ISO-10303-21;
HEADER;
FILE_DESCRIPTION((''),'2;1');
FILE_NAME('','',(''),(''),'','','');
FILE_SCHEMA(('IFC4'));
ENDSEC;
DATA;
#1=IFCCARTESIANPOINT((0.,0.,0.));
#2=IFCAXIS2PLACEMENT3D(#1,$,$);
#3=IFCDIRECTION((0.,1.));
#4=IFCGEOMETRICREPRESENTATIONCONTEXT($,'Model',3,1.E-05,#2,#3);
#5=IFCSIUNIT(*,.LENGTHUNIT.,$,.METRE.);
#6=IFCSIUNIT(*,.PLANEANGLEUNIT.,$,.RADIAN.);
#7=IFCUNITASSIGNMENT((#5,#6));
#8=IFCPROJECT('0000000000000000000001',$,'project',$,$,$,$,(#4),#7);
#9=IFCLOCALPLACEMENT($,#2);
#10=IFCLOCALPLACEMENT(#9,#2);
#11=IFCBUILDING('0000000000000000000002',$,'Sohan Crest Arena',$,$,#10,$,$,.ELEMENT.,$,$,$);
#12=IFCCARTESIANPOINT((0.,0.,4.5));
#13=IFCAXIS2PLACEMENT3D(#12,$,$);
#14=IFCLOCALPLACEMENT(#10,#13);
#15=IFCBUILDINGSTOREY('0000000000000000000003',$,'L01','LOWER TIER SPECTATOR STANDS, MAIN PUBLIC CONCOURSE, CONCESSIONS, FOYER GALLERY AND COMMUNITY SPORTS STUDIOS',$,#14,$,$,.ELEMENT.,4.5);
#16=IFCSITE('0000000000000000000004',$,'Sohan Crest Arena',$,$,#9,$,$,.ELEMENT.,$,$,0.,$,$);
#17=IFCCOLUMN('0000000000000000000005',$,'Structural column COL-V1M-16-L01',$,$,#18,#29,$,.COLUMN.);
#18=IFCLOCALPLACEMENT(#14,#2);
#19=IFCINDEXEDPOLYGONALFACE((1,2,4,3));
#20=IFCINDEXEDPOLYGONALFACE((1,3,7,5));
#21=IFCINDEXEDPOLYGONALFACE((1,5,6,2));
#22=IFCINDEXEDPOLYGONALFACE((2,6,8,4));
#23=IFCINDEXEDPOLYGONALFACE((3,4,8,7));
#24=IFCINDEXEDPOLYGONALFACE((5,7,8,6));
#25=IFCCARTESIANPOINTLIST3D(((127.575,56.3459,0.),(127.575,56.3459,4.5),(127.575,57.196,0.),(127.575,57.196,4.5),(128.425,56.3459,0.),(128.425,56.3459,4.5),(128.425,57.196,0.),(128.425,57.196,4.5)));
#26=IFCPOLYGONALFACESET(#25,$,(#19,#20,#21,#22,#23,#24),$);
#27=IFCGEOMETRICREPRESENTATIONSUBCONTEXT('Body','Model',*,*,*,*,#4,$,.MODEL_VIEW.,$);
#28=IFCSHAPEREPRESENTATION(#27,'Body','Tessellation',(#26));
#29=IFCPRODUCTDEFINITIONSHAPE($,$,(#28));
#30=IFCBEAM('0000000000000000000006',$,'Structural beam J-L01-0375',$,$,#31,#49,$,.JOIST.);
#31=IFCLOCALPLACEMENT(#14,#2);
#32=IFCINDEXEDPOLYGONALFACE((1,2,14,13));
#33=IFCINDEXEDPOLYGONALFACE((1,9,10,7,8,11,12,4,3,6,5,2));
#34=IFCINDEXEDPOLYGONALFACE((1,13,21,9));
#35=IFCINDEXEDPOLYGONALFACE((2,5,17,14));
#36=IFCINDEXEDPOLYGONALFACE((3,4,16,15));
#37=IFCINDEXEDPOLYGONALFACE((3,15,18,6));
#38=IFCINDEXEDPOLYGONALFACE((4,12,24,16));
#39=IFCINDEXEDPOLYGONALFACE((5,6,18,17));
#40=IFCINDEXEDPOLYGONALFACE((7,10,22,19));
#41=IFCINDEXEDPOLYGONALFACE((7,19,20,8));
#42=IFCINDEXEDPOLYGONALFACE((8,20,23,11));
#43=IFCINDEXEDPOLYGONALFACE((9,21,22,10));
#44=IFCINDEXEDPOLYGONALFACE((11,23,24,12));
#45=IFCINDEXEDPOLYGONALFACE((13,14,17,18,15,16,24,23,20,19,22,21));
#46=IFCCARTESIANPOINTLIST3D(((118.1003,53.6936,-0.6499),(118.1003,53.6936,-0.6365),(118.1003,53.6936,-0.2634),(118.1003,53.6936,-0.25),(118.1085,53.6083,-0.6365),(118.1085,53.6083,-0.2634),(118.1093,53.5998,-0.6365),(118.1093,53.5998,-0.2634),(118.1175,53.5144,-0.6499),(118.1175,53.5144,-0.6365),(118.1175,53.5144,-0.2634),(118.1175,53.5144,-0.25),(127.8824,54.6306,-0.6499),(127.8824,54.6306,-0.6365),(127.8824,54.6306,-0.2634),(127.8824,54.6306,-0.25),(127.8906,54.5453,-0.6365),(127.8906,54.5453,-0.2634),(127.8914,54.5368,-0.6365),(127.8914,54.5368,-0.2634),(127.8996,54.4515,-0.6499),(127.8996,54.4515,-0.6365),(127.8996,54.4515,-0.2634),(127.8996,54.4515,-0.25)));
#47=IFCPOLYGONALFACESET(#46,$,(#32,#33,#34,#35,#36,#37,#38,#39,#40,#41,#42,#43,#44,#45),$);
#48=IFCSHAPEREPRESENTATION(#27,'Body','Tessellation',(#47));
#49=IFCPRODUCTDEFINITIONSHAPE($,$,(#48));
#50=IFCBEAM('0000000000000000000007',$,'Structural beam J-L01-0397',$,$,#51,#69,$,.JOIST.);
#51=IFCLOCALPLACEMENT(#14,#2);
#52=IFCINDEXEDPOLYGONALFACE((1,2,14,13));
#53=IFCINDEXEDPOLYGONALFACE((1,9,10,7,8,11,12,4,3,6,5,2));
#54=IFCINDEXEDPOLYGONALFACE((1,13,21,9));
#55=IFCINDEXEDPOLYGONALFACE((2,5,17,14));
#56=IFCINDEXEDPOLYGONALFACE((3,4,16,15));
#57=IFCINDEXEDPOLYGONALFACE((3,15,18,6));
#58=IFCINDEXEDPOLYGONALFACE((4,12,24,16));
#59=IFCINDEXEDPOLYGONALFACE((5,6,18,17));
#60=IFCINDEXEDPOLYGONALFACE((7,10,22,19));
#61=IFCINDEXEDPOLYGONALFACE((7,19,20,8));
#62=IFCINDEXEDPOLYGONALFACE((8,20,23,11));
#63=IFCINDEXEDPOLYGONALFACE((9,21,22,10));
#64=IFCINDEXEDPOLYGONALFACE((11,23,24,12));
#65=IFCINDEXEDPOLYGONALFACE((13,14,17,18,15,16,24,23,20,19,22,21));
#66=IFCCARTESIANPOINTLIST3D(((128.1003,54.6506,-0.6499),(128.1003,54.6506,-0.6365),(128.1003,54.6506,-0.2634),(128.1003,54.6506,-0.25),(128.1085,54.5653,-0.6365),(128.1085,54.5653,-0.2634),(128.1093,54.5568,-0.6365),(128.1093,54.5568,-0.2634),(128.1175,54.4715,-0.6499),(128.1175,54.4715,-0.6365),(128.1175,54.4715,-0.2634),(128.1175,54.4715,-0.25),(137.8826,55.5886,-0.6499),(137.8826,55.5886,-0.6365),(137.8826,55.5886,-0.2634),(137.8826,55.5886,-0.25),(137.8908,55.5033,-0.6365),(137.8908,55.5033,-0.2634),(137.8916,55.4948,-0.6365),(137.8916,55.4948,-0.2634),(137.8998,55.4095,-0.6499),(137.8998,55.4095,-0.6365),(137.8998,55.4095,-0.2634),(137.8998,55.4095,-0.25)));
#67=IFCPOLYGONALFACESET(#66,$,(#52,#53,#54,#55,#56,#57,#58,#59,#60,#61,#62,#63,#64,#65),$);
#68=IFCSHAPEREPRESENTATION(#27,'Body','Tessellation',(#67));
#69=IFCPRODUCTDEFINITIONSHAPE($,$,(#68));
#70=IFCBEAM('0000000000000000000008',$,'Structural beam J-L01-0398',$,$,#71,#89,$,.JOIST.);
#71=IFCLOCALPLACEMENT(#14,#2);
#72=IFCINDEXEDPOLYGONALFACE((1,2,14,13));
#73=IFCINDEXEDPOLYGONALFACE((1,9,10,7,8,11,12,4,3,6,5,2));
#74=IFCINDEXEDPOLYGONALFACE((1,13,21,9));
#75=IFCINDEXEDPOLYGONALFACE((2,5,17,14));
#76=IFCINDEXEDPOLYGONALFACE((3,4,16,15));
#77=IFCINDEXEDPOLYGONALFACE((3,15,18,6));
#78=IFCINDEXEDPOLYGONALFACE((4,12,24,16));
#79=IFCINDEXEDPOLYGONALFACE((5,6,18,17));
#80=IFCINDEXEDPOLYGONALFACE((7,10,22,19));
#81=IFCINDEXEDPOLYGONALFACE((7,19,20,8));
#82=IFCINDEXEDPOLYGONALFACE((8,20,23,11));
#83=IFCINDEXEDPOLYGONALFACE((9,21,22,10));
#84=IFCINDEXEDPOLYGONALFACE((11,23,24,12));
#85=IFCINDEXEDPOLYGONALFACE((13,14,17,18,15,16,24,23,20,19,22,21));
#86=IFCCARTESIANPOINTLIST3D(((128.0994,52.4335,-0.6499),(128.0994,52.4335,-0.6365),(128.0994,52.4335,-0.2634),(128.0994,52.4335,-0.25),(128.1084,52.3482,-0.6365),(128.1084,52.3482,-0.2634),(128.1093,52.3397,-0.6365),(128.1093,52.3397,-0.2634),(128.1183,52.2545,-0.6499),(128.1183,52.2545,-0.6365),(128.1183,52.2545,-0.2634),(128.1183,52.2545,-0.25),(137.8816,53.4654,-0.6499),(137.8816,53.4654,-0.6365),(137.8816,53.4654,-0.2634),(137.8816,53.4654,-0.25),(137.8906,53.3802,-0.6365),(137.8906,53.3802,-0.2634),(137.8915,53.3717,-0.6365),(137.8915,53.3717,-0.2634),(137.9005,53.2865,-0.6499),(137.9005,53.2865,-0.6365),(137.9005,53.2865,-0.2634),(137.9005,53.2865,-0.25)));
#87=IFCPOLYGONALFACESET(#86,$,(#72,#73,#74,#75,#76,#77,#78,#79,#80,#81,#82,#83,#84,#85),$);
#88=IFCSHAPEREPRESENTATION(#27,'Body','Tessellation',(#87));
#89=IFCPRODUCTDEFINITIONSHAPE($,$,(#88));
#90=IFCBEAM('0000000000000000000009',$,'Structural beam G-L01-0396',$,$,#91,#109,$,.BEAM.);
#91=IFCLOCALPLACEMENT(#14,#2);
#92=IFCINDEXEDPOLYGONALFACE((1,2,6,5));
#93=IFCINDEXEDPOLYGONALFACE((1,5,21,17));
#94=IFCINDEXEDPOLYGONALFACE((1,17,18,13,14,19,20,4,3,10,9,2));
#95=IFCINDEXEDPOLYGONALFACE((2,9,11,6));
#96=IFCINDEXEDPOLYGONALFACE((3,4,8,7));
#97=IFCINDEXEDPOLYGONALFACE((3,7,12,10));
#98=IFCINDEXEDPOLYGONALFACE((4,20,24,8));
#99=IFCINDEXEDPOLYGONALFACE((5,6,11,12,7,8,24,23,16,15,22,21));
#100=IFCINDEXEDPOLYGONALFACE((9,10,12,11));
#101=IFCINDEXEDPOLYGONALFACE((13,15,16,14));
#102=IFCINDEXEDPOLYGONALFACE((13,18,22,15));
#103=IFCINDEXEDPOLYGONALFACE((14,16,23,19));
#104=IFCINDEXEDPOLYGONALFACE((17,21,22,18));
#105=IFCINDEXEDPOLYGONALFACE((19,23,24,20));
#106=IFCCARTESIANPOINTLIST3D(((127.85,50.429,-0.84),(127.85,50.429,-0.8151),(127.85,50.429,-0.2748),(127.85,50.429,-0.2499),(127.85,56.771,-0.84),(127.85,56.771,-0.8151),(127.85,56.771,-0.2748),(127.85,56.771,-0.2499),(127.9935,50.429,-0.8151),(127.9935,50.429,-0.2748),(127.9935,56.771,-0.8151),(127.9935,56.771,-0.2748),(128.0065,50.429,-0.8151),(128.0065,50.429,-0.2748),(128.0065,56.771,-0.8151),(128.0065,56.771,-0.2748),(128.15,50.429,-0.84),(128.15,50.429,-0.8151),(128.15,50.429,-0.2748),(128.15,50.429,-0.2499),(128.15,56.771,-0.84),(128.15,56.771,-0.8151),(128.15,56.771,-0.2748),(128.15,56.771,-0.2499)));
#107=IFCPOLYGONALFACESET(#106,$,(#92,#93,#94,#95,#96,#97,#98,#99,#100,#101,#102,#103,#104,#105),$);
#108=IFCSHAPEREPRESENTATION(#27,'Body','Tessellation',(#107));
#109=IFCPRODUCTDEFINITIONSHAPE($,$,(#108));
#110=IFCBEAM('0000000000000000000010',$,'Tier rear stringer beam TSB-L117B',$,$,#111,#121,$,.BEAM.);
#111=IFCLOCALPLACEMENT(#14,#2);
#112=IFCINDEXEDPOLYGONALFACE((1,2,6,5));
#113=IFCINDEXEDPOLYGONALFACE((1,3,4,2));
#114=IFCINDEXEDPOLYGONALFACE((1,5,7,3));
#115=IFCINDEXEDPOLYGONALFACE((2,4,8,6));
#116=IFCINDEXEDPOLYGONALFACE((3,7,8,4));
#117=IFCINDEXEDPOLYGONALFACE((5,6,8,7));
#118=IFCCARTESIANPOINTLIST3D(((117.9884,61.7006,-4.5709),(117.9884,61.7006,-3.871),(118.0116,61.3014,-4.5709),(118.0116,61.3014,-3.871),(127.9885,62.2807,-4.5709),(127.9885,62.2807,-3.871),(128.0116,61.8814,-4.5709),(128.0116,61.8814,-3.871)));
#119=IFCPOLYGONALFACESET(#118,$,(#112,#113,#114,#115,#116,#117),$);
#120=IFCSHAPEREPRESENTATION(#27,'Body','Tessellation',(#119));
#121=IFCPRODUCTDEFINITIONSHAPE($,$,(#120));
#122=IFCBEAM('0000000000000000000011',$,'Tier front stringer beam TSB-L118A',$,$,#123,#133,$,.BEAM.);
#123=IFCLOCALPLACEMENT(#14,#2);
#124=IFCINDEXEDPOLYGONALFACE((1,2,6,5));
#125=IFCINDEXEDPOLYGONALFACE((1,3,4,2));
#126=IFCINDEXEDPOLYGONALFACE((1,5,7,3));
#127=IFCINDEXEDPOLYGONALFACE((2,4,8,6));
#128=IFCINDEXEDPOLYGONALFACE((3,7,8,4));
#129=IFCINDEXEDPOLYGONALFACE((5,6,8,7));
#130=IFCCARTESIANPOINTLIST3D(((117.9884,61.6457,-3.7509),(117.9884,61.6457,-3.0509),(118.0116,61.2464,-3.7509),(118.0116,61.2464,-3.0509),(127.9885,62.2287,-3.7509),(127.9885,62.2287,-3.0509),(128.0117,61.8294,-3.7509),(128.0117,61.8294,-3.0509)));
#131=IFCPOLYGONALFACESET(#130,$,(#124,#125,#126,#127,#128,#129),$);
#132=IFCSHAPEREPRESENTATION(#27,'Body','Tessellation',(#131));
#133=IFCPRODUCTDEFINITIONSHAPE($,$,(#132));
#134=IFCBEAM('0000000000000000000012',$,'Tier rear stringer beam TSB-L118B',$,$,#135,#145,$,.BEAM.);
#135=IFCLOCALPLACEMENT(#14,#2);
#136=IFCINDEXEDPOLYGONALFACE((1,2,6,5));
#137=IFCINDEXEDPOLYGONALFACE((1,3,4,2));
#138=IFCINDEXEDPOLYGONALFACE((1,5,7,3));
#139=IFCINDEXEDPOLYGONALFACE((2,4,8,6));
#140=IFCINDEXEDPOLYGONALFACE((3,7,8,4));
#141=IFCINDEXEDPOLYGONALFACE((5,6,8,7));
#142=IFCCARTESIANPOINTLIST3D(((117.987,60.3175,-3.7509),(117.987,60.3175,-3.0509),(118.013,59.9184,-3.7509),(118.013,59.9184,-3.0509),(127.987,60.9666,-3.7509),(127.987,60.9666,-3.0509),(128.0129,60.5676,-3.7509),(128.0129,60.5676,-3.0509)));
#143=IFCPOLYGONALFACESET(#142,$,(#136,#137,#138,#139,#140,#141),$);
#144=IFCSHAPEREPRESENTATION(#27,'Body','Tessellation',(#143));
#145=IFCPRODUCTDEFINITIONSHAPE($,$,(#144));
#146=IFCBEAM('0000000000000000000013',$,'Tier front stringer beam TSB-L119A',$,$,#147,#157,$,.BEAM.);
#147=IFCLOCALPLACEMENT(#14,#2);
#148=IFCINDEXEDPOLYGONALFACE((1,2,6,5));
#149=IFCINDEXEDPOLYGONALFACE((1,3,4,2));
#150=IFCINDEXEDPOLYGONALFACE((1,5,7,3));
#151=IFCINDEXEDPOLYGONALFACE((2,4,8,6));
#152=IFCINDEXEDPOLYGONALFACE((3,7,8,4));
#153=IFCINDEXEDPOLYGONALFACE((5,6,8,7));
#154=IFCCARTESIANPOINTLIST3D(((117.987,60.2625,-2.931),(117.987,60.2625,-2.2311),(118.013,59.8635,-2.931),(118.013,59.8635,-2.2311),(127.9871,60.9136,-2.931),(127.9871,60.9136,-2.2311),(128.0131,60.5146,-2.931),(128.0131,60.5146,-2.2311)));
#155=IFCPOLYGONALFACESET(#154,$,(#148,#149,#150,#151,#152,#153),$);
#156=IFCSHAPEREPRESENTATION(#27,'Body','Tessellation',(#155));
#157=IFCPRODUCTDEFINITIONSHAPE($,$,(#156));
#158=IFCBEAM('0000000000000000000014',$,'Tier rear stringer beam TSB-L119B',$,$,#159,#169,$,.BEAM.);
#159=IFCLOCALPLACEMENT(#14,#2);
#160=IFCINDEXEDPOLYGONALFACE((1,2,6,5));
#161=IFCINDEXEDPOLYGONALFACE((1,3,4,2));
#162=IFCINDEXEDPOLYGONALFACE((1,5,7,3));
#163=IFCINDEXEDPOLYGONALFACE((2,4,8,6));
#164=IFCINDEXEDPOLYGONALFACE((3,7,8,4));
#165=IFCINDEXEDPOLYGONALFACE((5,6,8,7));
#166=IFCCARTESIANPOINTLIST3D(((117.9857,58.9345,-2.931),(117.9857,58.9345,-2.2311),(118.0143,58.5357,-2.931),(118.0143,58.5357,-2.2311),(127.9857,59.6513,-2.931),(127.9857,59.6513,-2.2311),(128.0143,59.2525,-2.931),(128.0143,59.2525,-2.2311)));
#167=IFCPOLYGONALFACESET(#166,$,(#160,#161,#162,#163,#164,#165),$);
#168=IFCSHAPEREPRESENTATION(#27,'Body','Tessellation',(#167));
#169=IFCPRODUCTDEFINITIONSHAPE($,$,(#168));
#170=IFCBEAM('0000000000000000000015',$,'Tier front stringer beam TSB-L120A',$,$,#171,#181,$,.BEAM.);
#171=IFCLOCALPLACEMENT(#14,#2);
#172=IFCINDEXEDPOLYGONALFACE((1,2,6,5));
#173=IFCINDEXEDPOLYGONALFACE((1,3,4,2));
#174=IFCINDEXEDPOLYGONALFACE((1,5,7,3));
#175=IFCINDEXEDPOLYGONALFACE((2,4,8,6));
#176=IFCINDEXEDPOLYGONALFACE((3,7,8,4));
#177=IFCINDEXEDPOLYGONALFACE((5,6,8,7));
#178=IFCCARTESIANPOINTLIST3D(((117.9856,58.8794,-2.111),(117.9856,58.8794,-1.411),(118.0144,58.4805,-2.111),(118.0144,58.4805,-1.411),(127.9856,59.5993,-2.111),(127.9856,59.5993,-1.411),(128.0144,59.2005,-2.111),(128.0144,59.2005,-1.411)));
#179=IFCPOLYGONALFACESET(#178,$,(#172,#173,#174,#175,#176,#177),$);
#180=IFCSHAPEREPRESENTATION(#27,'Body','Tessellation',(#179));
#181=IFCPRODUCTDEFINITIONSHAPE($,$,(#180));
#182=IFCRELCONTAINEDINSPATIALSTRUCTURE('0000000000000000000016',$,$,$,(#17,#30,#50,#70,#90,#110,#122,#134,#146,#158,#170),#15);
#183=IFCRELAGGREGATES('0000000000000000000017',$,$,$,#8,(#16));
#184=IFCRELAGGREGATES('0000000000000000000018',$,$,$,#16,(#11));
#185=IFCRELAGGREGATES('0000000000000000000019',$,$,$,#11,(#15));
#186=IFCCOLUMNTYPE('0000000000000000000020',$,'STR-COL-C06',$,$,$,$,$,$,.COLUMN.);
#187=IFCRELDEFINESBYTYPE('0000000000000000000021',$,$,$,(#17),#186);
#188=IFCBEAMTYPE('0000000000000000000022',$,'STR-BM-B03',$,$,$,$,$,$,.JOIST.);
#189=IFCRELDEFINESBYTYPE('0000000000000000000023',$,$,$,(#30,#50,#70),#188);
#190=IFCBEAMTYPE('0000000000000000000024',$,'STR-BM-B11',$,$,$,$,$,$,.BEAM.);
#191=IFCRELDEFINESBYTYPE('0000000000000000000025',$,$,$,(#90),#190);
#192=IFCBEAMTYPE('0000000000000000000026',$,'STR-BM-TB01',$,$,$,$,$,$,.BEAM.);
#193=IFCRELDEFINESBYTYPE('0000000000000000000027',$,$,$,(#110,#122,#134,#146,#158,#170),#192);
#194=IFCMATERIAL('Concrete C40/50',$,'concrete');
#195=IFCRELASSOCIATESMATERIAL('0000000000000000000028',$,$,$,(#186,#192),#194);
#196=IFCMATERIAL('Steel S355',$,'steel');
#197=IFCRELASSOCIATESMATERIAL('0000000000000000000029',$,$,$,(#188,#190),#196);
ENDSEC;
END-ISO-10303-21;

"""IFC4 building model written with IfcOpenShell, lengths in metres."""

from ifc_helpers import new_model, si_unit, direction, frame, origin, origin_2d, place, context, subcontext, project, spatial, rectangle, i_section, extrude, material, material_profile, profile_set, type_object, element, save


model = new_model("IFC4")

# Units and contexts
model_context = context("Model", 3, precision=1e-05, world=origin(), true_north=direction((0.0, 1.0)))
body_context = subcontext(model_context, "Body", "Model", "MODEL_VIEW")
ifc_project = project(units=[si_unit("LENGTHUNIT", "METRE"), si_unit("PLANEANGLEUNIT", "RADIAN")], contexts=[model_context])

# Site, building, storey
site_placement = place(None, origin())
site = spatial("IfcSite", under=ifc_project, at=site_placement, Name="Sohan Crest Arena", CompositionType="ELEMENT", RefElevation=0.0)
building_placement = place(site_placement, origin())
building = spatial("IfcBuilding", under=site, at=building_placement, Name="Sohan Crest Arena", CompositionType="ELEMENT")
storey_placement = place(building_placement, frame((0.0, 0.0, 4.5)))
storey = spatial("IfcBuildingStorey", under=building, at=storey_placement, Name="L01", Description="LOWER TIER SPECTATOR STANDS, MAIN PUBLIC CONCOURSE, CONCESSIONS, FOYER GALLERY AND COMMUNITY SPORTS STUDIOS", CompositionType="ELEMENT", Elevation=4.5)

# Column
ifc_material_1 = material(Name="Concrete C40/50", Category="concrete")
ifc_material_profile_1 = material_profile(ifc_material_1, rectangle(XDim=0.8501, YDim=0.8501, at=origin_2d()), Name="RC 850x850")
ifc_profile_set_1 = profile_set([ifc_material_profile_1], Name="Concrete C40/50")
column_type = type_object("IfcColumnType", Name="STR-COL-C06", PredefinedType="COLUMN", material=ifc_profile_set_1)
column_placement = place(storey_placement, frame((128.0, 56.771, 0.0), z_axis=(0.0, 0.0, 1.0), x_axis=(1.0, 0.0, 0.0)))
element("IfcColumn", 1, at=column_placement, inside=storey, type_object=column_type, Name="Structural column COL-V1M-16-L01", PredefinedType="COLUMN", context=body_context, shape_type="SweptSolid", body=[
    extrude(rectangle(XDim=0.8501, YDim=0.8501, at=origin_2d()), origin(), (0.0, 0.0, 1.0), 4.5),
])

# Beams
ifc_material_2 = material(Name="Steel S355", Category="steel")
ifc_material_profile_2 = material_profile(ifc_material_2, i_section(OverallWidth=0.1799, OverallDepth=0.3999, WebThickness=0.0085, FlangeThickness=0.0134, at=origin_2d()), Name="IPE 400")
ifc_profile_set_2 = profile_set([ifc_material_profile_2], Name="Steel S355")
beam_type_1 = type_object("IfcBeamType", Name="STR-BM-B03", PredefinedType="JOIST", material=ifc_profile_set_2)
beam_1_placement = place(storey_placement, frame((118.1089, 53.604, -0.45), z_axis=(0.995444, 0.095351, 0.0), x_axis=(-0.095351, 0.995444, 0.0)))
element("IfcBeam", 2, at=beam_1_placement, inside=storey, type_object=beam_type_1, Name="Structural beam J-L01-0375", PredefinedType="JOIST", context=body_context, shape_type="SweptSolid", body=[
    extrude(i_section(OverallWidth=0.1799, OverallDepth=0.3999, WebThickness=0.0085, FlangeThickness=0.0134, at=origin_2d()), origin(), (0.0, 0.0, 1.0), 9.8269),
])
beam_2_placement = place(storey_placement, frame((128.1089, 54.561, -0.45), z_axis=(0.995434, 0.095449, 0.0), x_axis=(-0.095449, 0.995434, 0.0)))
element("IfcBeam", 3, at=beam_2_placement, inside=storey, type_object=beam_type_1, Name="Structural beam J-L01-0397", PredefinedType="JOIST", context=body_context, shape_type="SweptSolid", body=[
    extrude(i_section(OverallWidth=0.1799, OverallDepth=0.3999, WebThickness=0.0085, FlangeThickness=0.0134, at=origin_2d()), origin(), (0.0, 0.0, 1.0), 9.8271),
])
beam_3_placement = place(storey_placement, frame((128.1089, 52.344, -0.45), z_axis=(0.994481, 0.104913, 0.0), x_axis=(-0.104913, 0.994481, 0.0)))
element("IfcBeam", 4, at=beam_3_placement, inside=storey, type_object=beam_type_1, Name="Structural beam J-L01-0398", PredefinedType="JOIST", context=body_context, shape_type="SweptSolid", body=[
    extrude(i_section(OverallWidth=0.1799, OverallDepth=0.3999, WebThickness=0.0085, FlangeThickness=0.0134, at=origin_2d()), origin(), (0.0, 0.0, 1.0), 9.8364),
])
ifc_material_profile_3 = material_profile(ifc_material_2, i_section(OverallWidth=0.3, OverallDepth=0.5901, WebThickness=0.0129, FlangeThickness=0.0249, at=origin_2d()), Name="HEA 600")
ifc_profile_set_3 = profile_set([ifc_material_profile_3], Name="Steel S355")
beam_type_2 = type_object("IfcBeamType", Name="STR-BM-B11", PredefinedType="BEAM", material=ifc_profile_set_3)
beam_4_placement = place(storey_placement, frame((128.0, 56.771, -0.5449), z_axis=(0.0, -1.0, 0.0), x_axis=(1.0, 0.0, 0.0)))
element("IfcBeam", 5, at=beam_4_placement, inside=storey, type_object=beam_type_2, Name="Structural beam G-L01-0396", PredefinedType="BEAM", context=body_context, shape_type="SweptSolid", body=[
    extrude(i_section(OverallWidth=0.3, OverallDepth=0.5901, WebThickness=0.0129, FlangeThickness=0.0249, at=origin_2d()), origin(), (0.0, 0.0, 1.0), 6.342),
])
ifc_material_profile_4 = material_profile(ifc_material_1, rectangle(XDim=0.3999, YDim=0.7, at=origin_2d()), Name="RC-BM 400x700")
ifc_profile_set_4 = profile_set([ifc_material_profile_4], Name="Concrete C40/50")
beam_type_3 = type_object("IfcBeamType", Name="STR-BM-TB01", PredefinedType="BEAM", material=ifc_profile_set_4)
beam_5_placement = place(storey_placement, frame((118.0, 61.501, -4.2209), z_axis=(0.998322, 0.05791, 0.0), x_axis=(-0.05791, 0.998322, 0.0)))
element("IfcBeam", 6, at=beam_5_placement, inside=storey, type_object=beam_type_3, Name="Tier rear stringer beam TSB-L117B", PredefinedType="BEAM", context=body_context, shape_type="SweptSolid", body=[
    extrude(rectangle(XDim=0.3999, YDim=0.7, at=origin_2d()), origin(), (0.0, 0.0, 1.0), 10.0168),
])
beam_6_placement = place(storey_placement, frame((118.0, 61.446, -3.4009), z_axis=(0.998305, 0.058202, 0.0), x_axis=(-0.058202, 0.998305, 0.0)))
element("IfcBeam", 7, at=beam_6_placement, inside=storey, type_object=beam_type_3, Name="Tier front stringer beam TSB-L118A", PredefinedType="BEAM", context=body_context, shape_type="SweptSolid", body=[
    extrude(rectangle(XDim=0.3999, YDim=0.7, at=origin_2d()), origin(), (0.0, 0.0, 1.0), 10.0171),
])
beam_7_placement = place(storey_placement, frame((118.0, 60.1179, -3.4009), z_axis=(0.9979, 0.064781, 0.0), x_axis=(-0.064781, 0.9979, 0.0)))
element("IfcBeam", 8, at=beam_7_placement, inside=storey, type_object=beam_type_3, Name="Tier rear stringer beam TSB-L118B", PredefinedType="BEAM", context=body_context, shape_type="SweptSolid", body=[
    extrude(rectangle(XDim=0.3999, YDim=0.7, at=origin_2d()), origin(), (0.0, 0.0, 1.0), 10.021),
])
beam_8_placement = place(storey_placement, frame((118.0, 60.063, -2.5811), z_axis=(0.997887, 0.064975, 0.0), x_axis=(-0.064975, 0.997887, 0.0)))
element("IfcBeam", 9, at=beam_8_placement, inside=storey, type_object=beam_type_3, Name="Tier front stringer beam TSB-L119A", PredefinedType="BEAM", context=body_context, shape_type="SweptSolid", body=[
    extrude(rectangle(XDim=0.3999, YDim=0.7, at=origin_2d()), origin(), (0.0, 0.0, 1.0), 10.0212),
])
beam_9_placement = place(storey_placement, frame((118.0, 58.7351, -2.5811), z_axis=(0.997441, 0.071496, 0.0), x_axis=(-0.071496, 0.997441, 0.0)))
element("IfcBeam", 10, at=beam_9_placement, inside=storey, type_object=beam_type_3, Name="Tier rear stringer beam TSB-L119B", PredefinedType="BEAM", context=body_context, shape_type="SweptSolid", body=[
    extrude(rectangle(XDim=0.3999, YDim=0.7, at=origin_2d()), origin(), (0.0, 0.0, 1.0), 10.0256),
])
beam_10_placement = place(storey_placement, frame((118.0, 58.6799, -1.761), z_axis=(0.997418, 0.071811, 0.0), x_axis=(-0.071811, 0.997418, 0.0)))
element("IfcBeam", 11, at=beam_10_placement, inside=storey, type_object=beam_type_3, Name="Tier front stringer beam TSB-L120A", PredefinedType="BEAM", context=body_context, shape_type="SweptSolid", body=[
    extrude(rectangle(XDim=0.3999, YDim=0.7, at=origin_2d()), origin(), (0.0, 0.0, 1.0), 10.0259),
])

save(model, "model.ifc")
